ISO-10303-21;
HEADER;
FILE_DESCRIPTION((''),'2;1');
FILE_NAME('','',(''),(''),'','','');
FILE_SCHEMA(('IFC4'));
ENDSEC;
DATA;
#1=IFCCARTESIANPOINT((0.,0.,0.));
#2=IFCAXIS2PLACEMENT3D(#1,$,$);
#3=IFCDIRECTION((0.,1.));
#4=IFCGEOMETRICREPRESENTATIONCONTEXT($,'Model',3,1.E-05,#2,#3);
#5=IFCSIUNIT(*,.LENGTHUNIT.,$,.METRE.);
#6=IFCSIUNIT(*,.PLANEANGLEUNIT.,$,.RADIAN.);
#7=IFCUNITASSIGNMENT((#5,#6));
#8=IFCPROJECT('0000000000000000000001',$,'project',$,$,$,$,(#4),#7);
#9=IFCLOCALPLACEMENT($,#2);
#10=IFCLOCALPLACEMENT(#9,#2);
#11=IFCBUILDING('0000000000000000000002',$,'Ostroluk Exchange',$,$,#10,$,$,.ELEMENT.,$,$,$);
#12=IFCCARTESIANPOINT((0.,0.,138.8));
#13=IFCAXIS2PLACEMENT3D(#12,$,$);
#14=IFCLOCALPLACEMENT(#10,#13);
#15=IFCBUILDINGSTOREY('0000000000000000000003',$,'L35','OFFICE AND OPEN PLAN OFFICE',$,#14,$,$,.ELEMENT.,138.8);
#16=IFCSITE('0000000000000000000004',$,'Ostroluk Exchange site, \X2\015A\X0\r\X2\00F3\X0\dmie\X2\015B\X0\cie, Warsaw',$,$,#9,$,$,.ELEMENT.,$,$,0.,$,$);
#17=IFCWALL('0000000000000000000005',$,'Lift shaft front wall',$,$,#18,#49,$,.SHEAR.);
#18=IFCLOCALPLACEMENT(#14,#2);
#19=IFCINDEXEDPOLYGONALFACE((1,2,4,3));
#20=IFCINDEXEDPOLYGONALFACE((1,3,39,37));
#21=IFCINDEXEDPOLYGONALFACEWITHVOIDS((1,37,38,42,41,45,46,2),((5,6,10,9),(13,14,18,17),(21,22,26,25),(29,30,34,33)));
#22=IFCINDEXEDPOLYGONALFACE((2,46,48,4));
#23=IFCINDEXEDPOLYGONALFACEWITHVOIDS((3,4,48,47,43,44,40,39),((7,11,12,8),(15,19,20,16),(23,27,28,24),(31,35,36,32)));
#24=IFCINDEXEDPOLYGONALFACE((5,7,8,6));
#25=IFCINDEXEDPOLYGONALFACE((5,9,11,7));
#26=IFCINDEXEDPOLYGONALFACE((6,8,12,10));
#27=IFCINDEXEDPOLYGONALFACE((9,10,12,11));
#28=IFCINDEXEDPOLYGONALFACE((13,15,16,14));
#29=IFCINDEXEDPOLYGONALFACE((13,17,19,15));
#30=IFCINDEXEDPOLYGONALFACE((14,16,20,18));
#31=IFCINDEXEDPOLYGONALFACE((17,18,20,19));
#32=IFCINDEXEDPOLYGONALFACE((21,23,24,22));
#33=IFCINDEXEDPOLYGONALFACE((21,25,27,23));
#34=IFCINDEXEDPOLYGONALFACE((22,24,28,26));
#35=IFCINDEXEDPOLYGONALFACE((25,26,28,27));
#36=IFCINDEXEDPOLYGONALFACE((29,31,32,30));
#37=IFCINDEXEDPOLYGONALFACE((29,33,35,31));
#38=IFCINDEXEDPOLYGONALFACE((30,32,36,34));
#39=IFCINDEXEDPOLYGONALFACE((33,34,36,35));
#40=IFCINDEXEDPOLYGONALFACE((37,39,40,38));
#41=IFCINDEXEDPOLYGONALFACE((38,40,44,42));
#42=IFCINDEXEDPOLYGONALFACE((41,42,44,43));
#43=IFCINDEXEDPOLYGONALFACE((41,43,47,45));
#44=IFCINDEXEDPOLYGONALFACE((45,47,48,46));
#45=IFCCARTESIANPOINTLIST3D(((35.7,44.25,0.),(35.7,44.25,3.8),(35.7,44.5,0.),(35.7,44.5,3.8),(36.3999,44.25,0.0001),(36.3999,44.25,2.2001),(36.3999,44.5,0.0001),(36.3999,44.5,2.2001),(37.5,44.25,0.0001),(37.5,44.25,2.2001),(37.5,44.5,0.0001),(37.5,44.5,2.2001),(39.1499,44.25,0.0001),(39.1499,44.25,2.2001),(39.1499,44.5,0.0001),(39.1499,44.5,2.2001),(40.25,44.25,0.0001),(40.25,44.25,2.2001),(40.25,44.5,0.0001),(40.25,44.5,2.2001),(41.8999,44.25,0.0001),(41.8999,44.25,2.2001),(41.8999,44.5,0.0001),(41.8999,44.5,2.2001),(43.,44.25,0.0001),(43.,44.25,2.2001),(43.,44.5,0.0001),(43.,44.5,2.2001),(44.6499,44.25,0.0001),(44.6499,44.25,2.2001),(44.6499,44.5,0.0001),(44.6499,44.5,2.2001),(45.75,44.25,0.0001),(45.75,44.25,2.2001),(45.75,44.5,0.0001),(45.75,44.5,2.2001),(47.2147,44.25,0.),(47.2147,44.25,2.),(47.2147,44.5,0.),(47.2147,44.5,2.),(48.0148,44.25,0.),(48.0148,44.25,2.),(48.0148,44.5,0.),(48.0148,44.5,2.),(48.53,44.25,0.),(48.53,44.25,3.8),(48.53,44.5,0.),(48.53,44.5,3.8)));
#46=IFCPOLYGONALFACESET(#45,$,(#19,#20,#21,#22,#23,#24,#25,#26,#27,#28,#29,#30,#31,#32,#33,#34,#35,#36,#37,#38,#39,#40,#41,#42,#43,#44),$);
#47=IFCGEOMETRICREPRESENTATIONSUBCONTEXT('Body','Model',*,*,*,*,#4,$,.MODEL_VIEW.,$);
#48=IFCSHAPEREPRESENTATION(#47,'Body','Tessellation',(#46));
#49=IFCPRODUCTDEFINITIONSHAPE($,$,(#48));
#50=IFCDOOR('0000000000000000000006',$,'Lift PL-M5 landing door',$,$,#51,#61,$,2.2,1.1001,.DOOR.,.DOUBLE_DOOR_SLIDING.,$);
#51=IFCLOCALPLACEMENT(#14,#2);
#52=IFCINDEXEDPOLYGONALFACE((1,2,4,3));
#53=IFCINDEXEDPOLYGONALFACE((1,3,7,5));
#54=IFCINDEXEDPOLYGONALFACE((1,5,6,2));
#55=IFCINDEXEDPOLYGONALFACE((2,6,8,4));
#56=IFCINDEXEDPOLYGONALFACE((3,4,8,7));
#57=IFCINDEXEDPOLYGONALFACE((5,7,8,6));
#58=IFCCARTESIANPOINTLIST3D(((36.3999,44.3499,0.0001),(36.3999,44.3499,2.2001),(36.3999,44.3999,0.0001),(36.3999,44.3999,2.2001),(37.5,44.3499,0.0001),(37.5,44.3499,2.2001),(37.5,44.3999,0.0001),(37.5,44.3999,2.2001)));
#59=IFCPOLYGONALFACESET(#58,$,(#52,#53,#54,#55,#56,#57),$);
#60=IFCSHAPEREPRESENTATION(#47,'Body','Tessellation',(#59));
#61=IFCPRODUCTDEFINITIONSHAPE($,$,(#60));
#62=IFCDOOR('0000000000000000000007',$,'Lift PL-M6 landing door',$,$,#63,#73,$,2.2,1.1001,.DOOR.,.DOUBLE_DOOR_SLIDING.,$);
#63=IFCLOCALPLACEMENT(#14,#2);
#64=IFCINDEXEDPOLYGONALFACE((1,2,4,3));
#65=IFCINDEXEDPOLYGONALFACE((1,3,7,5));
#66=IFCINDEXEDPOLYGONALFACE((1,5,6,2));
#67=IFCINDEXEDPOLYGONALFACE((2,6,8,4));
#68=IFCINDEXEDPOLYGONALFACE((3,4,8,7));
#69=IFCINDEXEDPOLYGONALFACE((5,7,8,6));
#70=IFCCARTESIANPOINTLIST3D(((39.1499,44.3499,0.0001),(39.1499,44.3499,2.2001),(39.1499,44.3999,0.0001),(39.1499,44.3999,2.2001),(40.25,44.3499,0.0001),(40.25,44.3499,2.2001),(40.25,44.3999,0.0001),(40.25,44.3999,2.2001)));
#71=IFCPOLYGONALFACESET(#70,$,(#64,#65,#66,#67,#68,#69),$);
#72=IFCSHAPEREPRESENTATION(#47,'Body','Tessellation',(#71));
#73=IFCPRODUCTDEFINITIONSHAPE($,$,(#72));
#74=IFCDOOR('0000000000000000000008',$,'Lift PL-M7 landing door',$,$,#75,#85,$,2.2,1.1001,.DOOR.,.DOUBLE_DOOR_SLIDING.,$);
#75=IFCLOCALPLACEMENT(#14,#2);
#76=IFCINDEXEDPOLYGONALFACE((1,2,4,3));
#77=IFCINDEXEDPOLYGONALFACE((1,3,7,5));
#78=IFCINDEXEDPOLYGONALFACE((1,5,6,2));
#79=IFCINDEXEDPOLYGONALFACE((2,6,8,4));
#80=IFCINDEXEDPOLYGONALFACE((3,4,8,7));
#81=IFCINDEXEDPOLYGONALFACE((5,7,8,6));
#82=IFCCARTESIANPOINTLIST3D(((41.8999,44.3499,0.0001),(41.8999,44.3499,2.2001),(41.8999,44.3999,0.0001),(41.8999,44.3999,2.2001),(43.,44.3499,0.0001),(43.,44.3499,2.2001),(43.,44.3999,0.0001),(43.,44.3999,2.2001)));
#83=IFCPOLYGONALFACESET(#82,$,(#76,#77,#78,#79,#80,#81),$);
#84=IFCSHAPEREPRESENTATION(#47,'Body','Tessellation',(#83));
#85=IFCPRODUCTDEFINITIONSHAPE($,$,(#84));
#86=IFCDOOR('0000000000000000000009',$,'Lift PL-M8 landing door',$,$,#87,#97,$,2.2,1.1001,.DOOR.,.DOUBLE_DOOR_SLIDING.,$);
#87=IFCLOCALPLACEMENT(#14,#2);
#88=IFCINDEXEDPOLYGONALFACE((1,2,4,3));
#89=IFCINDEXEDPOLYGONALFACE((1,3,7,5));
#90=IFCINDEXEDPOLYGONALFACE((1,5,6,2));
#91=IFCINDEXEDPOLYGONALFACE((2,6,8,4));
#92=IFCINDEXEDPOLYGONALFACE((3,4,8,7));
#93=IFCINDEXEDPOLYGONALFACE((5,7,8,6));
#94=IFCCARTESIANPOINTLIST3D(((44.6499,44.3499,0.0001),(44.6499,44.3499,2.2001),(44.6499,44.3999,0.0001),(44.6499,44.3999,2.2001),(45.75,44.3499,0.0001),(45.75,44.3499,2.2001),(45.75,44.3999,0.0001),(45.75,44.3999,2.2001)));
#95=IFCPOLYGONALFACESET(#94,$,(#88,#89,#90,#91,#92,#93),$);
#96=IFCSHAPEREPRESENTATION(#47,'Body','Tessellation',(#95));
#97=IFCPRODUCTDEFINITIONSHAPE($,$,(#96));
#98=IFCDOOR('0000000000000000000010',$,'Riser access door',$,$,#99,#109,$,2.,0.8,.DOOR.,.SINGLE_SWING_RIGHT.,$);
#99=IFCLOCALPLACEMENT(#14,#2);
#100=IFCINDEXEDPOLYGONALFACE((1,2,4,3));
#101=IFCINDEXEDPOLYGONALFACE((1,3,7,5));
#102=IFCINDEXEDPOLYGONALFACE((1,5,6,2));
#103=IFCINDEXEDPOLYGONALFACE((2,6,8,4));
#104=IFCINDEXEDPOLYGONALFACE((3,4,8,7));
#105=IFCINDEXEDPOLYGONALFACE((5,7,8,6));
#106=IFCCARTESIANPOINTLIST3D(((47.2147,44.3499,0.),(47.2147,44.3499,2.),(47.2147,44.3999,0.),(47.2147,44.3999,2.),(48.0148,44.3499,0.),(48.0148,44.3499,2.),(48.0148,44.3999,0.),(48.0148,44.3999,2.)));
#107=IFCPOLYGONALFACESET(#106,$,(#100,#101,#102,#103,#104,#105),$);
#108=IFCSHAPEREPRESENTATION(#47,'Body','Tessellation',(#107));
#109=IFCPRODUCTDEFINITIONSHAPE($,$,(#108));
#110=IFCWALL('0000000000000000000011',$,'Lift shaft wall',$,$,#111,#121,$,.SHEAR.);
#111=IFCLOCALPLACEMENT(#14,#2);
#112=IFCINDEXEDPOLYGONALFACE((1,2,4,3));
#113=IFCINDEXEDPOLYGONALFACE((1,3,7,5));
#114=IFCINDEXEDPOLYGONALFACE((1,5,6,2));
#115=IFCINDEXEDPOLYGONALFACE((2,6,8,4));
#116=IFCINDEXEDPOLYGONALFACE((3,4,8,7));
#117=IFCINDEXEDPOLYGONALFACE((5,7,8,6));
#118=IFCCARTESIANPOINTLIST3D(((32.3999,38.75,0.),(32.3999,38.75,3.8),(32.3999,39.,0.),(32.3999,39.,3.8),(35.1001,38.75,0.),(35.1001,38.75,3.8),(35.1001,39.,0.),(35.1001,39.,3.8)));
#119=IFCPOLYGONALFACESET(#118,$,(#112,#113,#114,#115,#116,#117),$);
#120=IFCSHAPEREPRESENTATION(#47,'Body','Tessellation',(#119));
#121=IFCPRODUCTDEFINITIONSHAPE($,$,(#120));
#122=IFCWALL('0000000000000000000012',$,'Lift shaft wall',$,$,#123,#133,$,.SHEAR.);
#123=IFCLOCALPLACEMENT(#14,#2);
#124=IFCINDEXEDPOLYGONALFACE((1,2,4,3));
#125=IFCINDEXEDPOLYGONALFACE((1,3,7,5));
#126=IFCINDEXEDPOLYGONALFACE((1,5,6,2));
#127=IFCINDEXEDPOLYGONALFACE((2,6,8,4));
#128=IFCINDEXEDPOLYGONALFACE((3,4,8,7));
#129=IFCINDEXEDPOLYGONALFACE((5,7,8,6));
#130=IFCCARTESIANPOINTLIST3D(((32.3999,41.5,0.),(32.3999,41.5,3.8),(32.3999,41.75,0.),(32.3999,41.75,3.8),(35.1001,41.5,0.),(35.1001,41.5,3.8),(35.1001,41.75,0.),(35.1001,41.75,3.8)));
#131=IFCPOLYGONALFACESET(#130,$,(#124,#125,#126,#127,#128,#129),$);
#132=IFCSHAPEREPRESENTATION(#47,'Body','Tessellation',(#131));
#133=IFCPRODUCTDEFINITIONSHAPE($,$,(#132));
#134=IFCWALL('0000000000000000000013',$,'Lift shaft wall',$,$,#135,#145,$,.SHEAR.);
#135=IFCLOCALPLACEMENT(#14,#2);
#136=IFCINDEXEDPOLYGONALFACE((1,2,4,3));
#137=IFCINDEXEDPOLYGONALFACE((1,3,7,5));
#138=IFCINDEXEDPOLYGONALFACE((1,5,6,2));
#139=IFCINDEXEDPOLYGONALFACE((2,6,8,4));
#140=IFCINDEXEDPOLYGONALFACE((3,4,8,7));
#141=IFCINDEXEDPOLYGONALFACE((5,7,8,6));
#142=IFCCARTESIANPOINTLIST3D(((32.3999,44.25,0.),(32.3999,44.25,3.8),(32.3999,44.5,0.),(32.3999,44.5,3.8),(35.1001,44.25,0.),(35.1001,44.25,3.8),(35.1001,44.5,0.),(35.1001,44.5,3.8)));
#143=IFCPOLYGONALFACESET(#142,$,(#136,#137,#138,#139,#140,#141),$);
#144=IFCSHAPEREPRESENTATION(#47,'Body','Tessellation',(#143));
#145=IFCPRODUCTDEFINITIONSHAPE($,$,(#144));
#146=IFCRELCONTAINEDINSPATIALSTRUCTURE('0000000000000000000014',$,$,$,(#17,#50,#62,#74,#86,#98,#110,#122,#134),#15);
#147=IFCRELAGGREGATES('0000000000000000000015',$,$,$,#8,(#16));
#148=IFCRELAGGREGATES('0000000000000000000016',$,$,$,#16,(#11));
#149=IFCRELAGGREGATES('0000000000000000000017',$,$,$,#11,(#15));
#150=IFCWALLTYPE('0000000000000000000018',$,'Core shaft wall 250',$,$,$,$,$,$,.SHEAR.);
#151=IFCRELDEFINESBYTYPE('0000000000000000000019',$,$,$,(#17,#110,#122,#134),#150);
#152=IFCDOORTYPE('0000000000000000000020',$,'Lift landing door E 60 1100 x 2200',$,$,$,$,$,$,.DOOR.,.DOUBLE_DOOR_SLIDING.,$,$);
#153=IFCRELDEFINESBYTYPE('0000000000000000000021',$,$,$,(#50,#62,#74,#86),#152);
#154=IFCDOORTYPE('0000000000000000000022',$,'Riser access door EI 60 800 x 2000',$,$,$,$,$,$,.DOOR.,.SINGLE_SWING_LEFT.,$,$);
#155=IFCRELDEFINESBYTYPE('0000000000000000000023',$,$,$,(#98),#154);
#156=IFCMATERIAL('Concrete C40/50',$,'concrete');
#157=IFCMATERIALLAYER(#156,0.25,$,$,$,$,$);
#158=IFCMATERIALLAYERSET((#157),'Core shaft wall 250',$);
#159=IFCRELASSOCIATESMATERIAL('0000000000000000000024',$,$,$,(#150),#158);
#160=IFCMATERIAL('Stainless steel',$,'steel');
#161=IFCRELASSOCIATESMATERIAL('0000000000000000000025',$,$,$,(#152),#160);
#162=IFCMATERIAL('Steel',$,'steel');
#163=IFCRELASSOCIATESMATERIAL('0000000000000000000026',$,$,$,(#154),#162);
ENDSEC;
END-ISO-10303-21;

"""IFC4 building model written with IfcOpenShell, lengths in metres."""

from ifc_helpers import new_model, si_unit, direction, frame, frame_2d, origin, place, context, subcontext, project, spatial, rectangle, extrude, material, layer, layer_set, type_object, element, fill, save


model = new_model("IFC4")

# Units and contexts
model_context = context("Model", 3, precision=1e-05, world=origin(), true_north=direction((0.0, 1.0)))
body_context = subcontext(model_context, "Body", "Model", "MODEL_VIEW")
ifc_project = project(units=[si_unit("LENGTHUNIT", "METRE"), si_unit("PLANEANGLEUNIT", "RADIAN")], contexts=[model_context])

# Site, building, storey
site_placement = place(None, origin())
site = spatial("IfcSite", under=ifc_project, at=site_placement, Name="Ostroluk Exchange site, Śródmieście, Warsaw", CompositionType="ELEMENT", RefElevation=0.0)
building_placement = place(site_placement, origin())
building = spatial("IfcBuilding", under=site, at=building_placement, Name="Ostroluk Exchange", CompositionType="ELEMENT")
storey_placement = place(building_placement, frame((0.0, 0.0, 138.8)))
storey = spatial("IfcBuildingStorey", under=building, at=storey_placement, Name="L35", Description="OFFICE AND OPEN PLAN OFFICE", CompositionType="ELEMENT", Elevation=138.8)

# Shared definitions
ifc_material_1 = material(Name="Concrete C40/50", Category="concrete")
ifc_layer_1 = layer(ifc_material_1, 0.25)
ifc_layer_set_1 = layer_set([ifc_layer_1], Name="Core shaft wall 250")
wall_type_1 = type_object("IfcWallType", Name="Core shaft wall 250", PredefinedType="SHEAR", material=ifc_layer_set_1)

# Wall, openings, doors
wall_1_placement = place(storey_placement, frame((35.7, 44.375, 0.0), z_axis=(0.0, 0.0, 1.0), x_axis=(1.0, 0.0, 0.0)))
wall_1 = element("IfcWall", 1, at=wall_1_placement, inside=storey, type_object=wall_type_1, Name="Lift shaft front wall", PredefinedType="SHEAR", context=body_context, shape_type="SweptSolid", body=[
    extrude(rectangle(XDim=12.8301, YDim=0.25, at=frame_2d((6.415, 0.0))), origin(), (0.0, 0.0, 1.0), 3.8),
])
opening_1_placement = place(wall_1_placement, frame((0.7, 0.0, 0.0)))
opening_1 = element("IfcOpeningElement", 2, at=opening_1_placement, cuts=wall_1, PredefinedType="OPENING", context=body_context, shape_type="SweptSolid", body=[
    extrude(rectangle(XDim=1.1001, YDim=2.2, at=frame_2d((0.55, 1.1001))), frame((0.0, 0.135, 0.0), z_axis=(0.0, -1.0, 0.0), x_axis=(1.0, 0.0, 0.0)), (0.0, 0.0, 1.0), 0.27),
])
opening_2_placement = place(wall_1_placement, frame((3.45, 0.0, 0.0)))
opening_2 = element("IfcOpeningElement", 3, at=opening_2_placement, cuts=wall_1, PredefinedType="OPENING", context=body_context, shape_type="SweptSolid", body=[
    extrude(rectangle(XDim=1.1001, YDim=2.2, at=frame_2d((0.55, 1.1001))), frame((0.0, 0.135, 0.0), z_axis=(0.0, -1.0, 0.0), x_axis=(1.0, 0.0, 0.0)), (0.0, 0.0, 1.0), 0.27),
])
opening_3_placement = place(wall_1_placement, frame((6.2, 0.0, 0.0)))
opening_3 = element("IfcOpeningElement", 4, at=opening_3_placement, cuts=wall_1, PredefinedType="OPENING", context=body_context, shape_type="SweptSolid", body=[
    extrude(rectangle(XDim=1.1001, YDim=2.2, at=frame_2d((0.55, 1.1001))), frame((0.0, 0.135, 0.0), z_axis=(0.0, -1.0, 0.0), x_axis=(1.0, 0.0, 0.0)), (0.0, 0.0, 1.0), 0.27),
])
opening_4_placement = place(wall_1_placement, frame((8.95, 0.0, 0.0)))
opening_4 = element("IfcOpeningElement", 5, at=opening_4_placement, cuts=wall_1, PredefinedType="OPENING", context=body_context, shape_type="SweptSolid", body=[
    extrude(rectangle(XDim=1.1001, YDim=2.2, at=frame_2d((0.55, 1.1001))), frame((0.0, 0.135, 0.0), z_axis=(0.0, -1.0, 0.0), x_axis=(1.0, 0.0, 0.0)), (0.0, 0.0, 1.0), 0.27),
])
opening_5_placement = place(wall_1_placement, frame((11.5149, 0.0, 0.0)))
opening_5 = element("IfcOpeningElement", 6, at=opening_5_placement, cuts=wall_1, PredefinedType="OPENING", context=body_context, shape_type="SweptSolid", body=[
    extrude(rectangle(XDim=0.8, YDim=2.0, at=frame_2d((0.3999, 1.0))), frame((0.0, 0.135, 0.0), z_axis=(0.0, -1.0, 0.0), x_axis=(1.0, 0.0, 0.0)), (0.0, 0.0, 1.0), 0.27),
])
ifc_material_2 = material(Name="Stainless steel", Category="steel")
door_type_1 = type_object("IfcDoorType", Name="Lift landing door E 60 1100 x 2200", OperationType="DOUBLE_DOOR_SLIDING", PredefinedType="DOOR", material=ifc_material_2)
door_1_placement = place(opening_1_placement, origin())
door_1 = element("IfcDoor", 7, at=door_1_placement, inside=storey, type_object=door_type_1, Name="Lift PL-M5 landing door", OperationType="DOUBLE_DOOR_SLIDING", OverallHeight=2.2, OverallWidth=1.1001, PredefinedType="DOOR", context=body_context, shape_type="SweptSolid", body=[
    extrude(rectangle(XDim=1.1001, YDim=2.2, at=frame_2d((0.55, 1.1001))), frame((0.0, 0.0249, 0.0), z_axis=(0.0, -1.0, 0.0), x_axis=(1.0, 0.0, 0.0)), (0.0, 0.0, 1.0), 0.05),
])
fill(opening_1, door_1)
door_2_placement = place(opening_2_placement, origin())
door_2 = element("IfcDoor", 8, at=door_2_placement, inside=storey, type_object=door_type_1, Name="Lift PL-M6 landing door", OperationType="DOUBLE_DOOR_SLIDING", OverallHeight=2.2, OverallWidth=1.1001, PredefinedType="DOOR", context=body_context, shape_type="SweptSolid", body=[
    extrude(rectangle(XDim=1.1001, YDim=2.2, at=frame_2d((0.55, 1.1001))), frame((0.0, 0.0249, 0.0), z_axis=(0.0, -1.0, 0.0), x_axis=(1.0, 0.0, 0.0)), (0.0, 0.0, 1.0), 0.05),
])
fill(opening_2, door_2)
door_3_placement = place(opening_3_placement, origin())
door_3 = element("IfcDoor", 9, at=door_3_placement, inside=storey, type_object=door_type_1, Name="Lift PL-M7 landing door", OperationType="DOUBLE_DOOR_SLIDING", OverallHeight=2.2, OverallWidth=1.1001, PredefinedType="DOOR", context=body_context, shape_type="SweptSolid", body=[
    extrude(rectangle(XDim=1.1001, YDim=2.2, at=frame_2d((0.55, 1.1001))), frame((0.0, 0.0249, 0.0), z_axis=(0.0, -1.0, 0.0), x_axis=(1.0, 0.0, 0.0)), (0.0, 0.0, 1.0), 0.05),
])
fill(opening_3, door_3)
door_4_placement = place(opening_4_placement, origin())
door_4 = element("IfcDoor", 10, at=door_4_placement, inside=storey, type_object=door_type_1, Name="Lift PL-M8 landing door", OperationType="DOUBLE_DOOR_SLIDING", OverallHeight=2.2, OverallWidth=1.1001, PredefinedType="DOOR", context=body_context, shape_type="SweptSolid", body=[
    extrude(rectangle(XDim=1.1001, YDim=2.2, at=frame_2d((0.55, 1.1001))), frame((0.0, 0.0249, 0.0), z_axis=(0.0, -1.0, 0.0), x_axis=(1.0, 0.0, 0.0)), (0.0, 0.0, 1.0), 0.05),
])
fill(opening_4, door_4)
ifc_material_3 = material(Name="Steel", Category="steel")
door_type_2 = type_object("IfcDoorType", Name="Riser access door EI 60 800 x 2000", OperationType="SINGLE_SWING_LEFT", PredefinedType="DOOR", material=ifc_material_3)
door_5_placement = place(opening_5_placement, origin())
door_5 = element("IfcDoor", 11, at=door_5_placement, inside=storey, type_object=door_type_2, Name="Riser access door", OperationType="SINGLE_SWING_RIGHT", OverallHeight=2.0, OverallWidth=0.8, PredefinedType="DOOR", context=body_context, shape_type="SweptSolid", body=[
    extrude(rectangle(XDim=0.8, YDim=2.0, at=frame_2d((0.3999, 1.0))), frame((0.0, 0.0249, 0.0), z_axis=(0.0, -1.0, 0.0), x_axis=(1.0, 0.0, 0.0)), (0.0, 0.0, 1.0), 0.05),
])
fill(opening_5, door_5)

# Walls
for number, where, z_axis, x_axis, name in (
    (12, (32.3999, 38.875, 0.0), (0.0, 0.0, 1.0), (1.0, 0.0, 0.0), "Lift shaft wall"),
    (13, (32.3999, 41.625, 0.0), (0.0, 0.0, 1.0), (1.0, 0.0, 0.0), "Lift shaft wall"),
    (14, (32.3999, 44.375, 0.0), (0.0, 0.0, 1.0), (1.0, 0.0, 0.0), "Lift shaft wall"),
):
    element("IfcWall", number, at=place(storey_placement, frame(where, z_axis=z_axis, x_axis=x_axis)), inside=storey, type_object=wall_type_1, Name=name, PredefinedType="SHEAR", context=body_context, shape_type="SweptSolid", body=[
        extrude(rectangle(XDim=2.7002, YDim=0.25, at=frame_2d((1.3501, 0.0))), origin(), (0.0, 0.0, 1.0), 3.8),
    ])

save(model, "model.ifc")
